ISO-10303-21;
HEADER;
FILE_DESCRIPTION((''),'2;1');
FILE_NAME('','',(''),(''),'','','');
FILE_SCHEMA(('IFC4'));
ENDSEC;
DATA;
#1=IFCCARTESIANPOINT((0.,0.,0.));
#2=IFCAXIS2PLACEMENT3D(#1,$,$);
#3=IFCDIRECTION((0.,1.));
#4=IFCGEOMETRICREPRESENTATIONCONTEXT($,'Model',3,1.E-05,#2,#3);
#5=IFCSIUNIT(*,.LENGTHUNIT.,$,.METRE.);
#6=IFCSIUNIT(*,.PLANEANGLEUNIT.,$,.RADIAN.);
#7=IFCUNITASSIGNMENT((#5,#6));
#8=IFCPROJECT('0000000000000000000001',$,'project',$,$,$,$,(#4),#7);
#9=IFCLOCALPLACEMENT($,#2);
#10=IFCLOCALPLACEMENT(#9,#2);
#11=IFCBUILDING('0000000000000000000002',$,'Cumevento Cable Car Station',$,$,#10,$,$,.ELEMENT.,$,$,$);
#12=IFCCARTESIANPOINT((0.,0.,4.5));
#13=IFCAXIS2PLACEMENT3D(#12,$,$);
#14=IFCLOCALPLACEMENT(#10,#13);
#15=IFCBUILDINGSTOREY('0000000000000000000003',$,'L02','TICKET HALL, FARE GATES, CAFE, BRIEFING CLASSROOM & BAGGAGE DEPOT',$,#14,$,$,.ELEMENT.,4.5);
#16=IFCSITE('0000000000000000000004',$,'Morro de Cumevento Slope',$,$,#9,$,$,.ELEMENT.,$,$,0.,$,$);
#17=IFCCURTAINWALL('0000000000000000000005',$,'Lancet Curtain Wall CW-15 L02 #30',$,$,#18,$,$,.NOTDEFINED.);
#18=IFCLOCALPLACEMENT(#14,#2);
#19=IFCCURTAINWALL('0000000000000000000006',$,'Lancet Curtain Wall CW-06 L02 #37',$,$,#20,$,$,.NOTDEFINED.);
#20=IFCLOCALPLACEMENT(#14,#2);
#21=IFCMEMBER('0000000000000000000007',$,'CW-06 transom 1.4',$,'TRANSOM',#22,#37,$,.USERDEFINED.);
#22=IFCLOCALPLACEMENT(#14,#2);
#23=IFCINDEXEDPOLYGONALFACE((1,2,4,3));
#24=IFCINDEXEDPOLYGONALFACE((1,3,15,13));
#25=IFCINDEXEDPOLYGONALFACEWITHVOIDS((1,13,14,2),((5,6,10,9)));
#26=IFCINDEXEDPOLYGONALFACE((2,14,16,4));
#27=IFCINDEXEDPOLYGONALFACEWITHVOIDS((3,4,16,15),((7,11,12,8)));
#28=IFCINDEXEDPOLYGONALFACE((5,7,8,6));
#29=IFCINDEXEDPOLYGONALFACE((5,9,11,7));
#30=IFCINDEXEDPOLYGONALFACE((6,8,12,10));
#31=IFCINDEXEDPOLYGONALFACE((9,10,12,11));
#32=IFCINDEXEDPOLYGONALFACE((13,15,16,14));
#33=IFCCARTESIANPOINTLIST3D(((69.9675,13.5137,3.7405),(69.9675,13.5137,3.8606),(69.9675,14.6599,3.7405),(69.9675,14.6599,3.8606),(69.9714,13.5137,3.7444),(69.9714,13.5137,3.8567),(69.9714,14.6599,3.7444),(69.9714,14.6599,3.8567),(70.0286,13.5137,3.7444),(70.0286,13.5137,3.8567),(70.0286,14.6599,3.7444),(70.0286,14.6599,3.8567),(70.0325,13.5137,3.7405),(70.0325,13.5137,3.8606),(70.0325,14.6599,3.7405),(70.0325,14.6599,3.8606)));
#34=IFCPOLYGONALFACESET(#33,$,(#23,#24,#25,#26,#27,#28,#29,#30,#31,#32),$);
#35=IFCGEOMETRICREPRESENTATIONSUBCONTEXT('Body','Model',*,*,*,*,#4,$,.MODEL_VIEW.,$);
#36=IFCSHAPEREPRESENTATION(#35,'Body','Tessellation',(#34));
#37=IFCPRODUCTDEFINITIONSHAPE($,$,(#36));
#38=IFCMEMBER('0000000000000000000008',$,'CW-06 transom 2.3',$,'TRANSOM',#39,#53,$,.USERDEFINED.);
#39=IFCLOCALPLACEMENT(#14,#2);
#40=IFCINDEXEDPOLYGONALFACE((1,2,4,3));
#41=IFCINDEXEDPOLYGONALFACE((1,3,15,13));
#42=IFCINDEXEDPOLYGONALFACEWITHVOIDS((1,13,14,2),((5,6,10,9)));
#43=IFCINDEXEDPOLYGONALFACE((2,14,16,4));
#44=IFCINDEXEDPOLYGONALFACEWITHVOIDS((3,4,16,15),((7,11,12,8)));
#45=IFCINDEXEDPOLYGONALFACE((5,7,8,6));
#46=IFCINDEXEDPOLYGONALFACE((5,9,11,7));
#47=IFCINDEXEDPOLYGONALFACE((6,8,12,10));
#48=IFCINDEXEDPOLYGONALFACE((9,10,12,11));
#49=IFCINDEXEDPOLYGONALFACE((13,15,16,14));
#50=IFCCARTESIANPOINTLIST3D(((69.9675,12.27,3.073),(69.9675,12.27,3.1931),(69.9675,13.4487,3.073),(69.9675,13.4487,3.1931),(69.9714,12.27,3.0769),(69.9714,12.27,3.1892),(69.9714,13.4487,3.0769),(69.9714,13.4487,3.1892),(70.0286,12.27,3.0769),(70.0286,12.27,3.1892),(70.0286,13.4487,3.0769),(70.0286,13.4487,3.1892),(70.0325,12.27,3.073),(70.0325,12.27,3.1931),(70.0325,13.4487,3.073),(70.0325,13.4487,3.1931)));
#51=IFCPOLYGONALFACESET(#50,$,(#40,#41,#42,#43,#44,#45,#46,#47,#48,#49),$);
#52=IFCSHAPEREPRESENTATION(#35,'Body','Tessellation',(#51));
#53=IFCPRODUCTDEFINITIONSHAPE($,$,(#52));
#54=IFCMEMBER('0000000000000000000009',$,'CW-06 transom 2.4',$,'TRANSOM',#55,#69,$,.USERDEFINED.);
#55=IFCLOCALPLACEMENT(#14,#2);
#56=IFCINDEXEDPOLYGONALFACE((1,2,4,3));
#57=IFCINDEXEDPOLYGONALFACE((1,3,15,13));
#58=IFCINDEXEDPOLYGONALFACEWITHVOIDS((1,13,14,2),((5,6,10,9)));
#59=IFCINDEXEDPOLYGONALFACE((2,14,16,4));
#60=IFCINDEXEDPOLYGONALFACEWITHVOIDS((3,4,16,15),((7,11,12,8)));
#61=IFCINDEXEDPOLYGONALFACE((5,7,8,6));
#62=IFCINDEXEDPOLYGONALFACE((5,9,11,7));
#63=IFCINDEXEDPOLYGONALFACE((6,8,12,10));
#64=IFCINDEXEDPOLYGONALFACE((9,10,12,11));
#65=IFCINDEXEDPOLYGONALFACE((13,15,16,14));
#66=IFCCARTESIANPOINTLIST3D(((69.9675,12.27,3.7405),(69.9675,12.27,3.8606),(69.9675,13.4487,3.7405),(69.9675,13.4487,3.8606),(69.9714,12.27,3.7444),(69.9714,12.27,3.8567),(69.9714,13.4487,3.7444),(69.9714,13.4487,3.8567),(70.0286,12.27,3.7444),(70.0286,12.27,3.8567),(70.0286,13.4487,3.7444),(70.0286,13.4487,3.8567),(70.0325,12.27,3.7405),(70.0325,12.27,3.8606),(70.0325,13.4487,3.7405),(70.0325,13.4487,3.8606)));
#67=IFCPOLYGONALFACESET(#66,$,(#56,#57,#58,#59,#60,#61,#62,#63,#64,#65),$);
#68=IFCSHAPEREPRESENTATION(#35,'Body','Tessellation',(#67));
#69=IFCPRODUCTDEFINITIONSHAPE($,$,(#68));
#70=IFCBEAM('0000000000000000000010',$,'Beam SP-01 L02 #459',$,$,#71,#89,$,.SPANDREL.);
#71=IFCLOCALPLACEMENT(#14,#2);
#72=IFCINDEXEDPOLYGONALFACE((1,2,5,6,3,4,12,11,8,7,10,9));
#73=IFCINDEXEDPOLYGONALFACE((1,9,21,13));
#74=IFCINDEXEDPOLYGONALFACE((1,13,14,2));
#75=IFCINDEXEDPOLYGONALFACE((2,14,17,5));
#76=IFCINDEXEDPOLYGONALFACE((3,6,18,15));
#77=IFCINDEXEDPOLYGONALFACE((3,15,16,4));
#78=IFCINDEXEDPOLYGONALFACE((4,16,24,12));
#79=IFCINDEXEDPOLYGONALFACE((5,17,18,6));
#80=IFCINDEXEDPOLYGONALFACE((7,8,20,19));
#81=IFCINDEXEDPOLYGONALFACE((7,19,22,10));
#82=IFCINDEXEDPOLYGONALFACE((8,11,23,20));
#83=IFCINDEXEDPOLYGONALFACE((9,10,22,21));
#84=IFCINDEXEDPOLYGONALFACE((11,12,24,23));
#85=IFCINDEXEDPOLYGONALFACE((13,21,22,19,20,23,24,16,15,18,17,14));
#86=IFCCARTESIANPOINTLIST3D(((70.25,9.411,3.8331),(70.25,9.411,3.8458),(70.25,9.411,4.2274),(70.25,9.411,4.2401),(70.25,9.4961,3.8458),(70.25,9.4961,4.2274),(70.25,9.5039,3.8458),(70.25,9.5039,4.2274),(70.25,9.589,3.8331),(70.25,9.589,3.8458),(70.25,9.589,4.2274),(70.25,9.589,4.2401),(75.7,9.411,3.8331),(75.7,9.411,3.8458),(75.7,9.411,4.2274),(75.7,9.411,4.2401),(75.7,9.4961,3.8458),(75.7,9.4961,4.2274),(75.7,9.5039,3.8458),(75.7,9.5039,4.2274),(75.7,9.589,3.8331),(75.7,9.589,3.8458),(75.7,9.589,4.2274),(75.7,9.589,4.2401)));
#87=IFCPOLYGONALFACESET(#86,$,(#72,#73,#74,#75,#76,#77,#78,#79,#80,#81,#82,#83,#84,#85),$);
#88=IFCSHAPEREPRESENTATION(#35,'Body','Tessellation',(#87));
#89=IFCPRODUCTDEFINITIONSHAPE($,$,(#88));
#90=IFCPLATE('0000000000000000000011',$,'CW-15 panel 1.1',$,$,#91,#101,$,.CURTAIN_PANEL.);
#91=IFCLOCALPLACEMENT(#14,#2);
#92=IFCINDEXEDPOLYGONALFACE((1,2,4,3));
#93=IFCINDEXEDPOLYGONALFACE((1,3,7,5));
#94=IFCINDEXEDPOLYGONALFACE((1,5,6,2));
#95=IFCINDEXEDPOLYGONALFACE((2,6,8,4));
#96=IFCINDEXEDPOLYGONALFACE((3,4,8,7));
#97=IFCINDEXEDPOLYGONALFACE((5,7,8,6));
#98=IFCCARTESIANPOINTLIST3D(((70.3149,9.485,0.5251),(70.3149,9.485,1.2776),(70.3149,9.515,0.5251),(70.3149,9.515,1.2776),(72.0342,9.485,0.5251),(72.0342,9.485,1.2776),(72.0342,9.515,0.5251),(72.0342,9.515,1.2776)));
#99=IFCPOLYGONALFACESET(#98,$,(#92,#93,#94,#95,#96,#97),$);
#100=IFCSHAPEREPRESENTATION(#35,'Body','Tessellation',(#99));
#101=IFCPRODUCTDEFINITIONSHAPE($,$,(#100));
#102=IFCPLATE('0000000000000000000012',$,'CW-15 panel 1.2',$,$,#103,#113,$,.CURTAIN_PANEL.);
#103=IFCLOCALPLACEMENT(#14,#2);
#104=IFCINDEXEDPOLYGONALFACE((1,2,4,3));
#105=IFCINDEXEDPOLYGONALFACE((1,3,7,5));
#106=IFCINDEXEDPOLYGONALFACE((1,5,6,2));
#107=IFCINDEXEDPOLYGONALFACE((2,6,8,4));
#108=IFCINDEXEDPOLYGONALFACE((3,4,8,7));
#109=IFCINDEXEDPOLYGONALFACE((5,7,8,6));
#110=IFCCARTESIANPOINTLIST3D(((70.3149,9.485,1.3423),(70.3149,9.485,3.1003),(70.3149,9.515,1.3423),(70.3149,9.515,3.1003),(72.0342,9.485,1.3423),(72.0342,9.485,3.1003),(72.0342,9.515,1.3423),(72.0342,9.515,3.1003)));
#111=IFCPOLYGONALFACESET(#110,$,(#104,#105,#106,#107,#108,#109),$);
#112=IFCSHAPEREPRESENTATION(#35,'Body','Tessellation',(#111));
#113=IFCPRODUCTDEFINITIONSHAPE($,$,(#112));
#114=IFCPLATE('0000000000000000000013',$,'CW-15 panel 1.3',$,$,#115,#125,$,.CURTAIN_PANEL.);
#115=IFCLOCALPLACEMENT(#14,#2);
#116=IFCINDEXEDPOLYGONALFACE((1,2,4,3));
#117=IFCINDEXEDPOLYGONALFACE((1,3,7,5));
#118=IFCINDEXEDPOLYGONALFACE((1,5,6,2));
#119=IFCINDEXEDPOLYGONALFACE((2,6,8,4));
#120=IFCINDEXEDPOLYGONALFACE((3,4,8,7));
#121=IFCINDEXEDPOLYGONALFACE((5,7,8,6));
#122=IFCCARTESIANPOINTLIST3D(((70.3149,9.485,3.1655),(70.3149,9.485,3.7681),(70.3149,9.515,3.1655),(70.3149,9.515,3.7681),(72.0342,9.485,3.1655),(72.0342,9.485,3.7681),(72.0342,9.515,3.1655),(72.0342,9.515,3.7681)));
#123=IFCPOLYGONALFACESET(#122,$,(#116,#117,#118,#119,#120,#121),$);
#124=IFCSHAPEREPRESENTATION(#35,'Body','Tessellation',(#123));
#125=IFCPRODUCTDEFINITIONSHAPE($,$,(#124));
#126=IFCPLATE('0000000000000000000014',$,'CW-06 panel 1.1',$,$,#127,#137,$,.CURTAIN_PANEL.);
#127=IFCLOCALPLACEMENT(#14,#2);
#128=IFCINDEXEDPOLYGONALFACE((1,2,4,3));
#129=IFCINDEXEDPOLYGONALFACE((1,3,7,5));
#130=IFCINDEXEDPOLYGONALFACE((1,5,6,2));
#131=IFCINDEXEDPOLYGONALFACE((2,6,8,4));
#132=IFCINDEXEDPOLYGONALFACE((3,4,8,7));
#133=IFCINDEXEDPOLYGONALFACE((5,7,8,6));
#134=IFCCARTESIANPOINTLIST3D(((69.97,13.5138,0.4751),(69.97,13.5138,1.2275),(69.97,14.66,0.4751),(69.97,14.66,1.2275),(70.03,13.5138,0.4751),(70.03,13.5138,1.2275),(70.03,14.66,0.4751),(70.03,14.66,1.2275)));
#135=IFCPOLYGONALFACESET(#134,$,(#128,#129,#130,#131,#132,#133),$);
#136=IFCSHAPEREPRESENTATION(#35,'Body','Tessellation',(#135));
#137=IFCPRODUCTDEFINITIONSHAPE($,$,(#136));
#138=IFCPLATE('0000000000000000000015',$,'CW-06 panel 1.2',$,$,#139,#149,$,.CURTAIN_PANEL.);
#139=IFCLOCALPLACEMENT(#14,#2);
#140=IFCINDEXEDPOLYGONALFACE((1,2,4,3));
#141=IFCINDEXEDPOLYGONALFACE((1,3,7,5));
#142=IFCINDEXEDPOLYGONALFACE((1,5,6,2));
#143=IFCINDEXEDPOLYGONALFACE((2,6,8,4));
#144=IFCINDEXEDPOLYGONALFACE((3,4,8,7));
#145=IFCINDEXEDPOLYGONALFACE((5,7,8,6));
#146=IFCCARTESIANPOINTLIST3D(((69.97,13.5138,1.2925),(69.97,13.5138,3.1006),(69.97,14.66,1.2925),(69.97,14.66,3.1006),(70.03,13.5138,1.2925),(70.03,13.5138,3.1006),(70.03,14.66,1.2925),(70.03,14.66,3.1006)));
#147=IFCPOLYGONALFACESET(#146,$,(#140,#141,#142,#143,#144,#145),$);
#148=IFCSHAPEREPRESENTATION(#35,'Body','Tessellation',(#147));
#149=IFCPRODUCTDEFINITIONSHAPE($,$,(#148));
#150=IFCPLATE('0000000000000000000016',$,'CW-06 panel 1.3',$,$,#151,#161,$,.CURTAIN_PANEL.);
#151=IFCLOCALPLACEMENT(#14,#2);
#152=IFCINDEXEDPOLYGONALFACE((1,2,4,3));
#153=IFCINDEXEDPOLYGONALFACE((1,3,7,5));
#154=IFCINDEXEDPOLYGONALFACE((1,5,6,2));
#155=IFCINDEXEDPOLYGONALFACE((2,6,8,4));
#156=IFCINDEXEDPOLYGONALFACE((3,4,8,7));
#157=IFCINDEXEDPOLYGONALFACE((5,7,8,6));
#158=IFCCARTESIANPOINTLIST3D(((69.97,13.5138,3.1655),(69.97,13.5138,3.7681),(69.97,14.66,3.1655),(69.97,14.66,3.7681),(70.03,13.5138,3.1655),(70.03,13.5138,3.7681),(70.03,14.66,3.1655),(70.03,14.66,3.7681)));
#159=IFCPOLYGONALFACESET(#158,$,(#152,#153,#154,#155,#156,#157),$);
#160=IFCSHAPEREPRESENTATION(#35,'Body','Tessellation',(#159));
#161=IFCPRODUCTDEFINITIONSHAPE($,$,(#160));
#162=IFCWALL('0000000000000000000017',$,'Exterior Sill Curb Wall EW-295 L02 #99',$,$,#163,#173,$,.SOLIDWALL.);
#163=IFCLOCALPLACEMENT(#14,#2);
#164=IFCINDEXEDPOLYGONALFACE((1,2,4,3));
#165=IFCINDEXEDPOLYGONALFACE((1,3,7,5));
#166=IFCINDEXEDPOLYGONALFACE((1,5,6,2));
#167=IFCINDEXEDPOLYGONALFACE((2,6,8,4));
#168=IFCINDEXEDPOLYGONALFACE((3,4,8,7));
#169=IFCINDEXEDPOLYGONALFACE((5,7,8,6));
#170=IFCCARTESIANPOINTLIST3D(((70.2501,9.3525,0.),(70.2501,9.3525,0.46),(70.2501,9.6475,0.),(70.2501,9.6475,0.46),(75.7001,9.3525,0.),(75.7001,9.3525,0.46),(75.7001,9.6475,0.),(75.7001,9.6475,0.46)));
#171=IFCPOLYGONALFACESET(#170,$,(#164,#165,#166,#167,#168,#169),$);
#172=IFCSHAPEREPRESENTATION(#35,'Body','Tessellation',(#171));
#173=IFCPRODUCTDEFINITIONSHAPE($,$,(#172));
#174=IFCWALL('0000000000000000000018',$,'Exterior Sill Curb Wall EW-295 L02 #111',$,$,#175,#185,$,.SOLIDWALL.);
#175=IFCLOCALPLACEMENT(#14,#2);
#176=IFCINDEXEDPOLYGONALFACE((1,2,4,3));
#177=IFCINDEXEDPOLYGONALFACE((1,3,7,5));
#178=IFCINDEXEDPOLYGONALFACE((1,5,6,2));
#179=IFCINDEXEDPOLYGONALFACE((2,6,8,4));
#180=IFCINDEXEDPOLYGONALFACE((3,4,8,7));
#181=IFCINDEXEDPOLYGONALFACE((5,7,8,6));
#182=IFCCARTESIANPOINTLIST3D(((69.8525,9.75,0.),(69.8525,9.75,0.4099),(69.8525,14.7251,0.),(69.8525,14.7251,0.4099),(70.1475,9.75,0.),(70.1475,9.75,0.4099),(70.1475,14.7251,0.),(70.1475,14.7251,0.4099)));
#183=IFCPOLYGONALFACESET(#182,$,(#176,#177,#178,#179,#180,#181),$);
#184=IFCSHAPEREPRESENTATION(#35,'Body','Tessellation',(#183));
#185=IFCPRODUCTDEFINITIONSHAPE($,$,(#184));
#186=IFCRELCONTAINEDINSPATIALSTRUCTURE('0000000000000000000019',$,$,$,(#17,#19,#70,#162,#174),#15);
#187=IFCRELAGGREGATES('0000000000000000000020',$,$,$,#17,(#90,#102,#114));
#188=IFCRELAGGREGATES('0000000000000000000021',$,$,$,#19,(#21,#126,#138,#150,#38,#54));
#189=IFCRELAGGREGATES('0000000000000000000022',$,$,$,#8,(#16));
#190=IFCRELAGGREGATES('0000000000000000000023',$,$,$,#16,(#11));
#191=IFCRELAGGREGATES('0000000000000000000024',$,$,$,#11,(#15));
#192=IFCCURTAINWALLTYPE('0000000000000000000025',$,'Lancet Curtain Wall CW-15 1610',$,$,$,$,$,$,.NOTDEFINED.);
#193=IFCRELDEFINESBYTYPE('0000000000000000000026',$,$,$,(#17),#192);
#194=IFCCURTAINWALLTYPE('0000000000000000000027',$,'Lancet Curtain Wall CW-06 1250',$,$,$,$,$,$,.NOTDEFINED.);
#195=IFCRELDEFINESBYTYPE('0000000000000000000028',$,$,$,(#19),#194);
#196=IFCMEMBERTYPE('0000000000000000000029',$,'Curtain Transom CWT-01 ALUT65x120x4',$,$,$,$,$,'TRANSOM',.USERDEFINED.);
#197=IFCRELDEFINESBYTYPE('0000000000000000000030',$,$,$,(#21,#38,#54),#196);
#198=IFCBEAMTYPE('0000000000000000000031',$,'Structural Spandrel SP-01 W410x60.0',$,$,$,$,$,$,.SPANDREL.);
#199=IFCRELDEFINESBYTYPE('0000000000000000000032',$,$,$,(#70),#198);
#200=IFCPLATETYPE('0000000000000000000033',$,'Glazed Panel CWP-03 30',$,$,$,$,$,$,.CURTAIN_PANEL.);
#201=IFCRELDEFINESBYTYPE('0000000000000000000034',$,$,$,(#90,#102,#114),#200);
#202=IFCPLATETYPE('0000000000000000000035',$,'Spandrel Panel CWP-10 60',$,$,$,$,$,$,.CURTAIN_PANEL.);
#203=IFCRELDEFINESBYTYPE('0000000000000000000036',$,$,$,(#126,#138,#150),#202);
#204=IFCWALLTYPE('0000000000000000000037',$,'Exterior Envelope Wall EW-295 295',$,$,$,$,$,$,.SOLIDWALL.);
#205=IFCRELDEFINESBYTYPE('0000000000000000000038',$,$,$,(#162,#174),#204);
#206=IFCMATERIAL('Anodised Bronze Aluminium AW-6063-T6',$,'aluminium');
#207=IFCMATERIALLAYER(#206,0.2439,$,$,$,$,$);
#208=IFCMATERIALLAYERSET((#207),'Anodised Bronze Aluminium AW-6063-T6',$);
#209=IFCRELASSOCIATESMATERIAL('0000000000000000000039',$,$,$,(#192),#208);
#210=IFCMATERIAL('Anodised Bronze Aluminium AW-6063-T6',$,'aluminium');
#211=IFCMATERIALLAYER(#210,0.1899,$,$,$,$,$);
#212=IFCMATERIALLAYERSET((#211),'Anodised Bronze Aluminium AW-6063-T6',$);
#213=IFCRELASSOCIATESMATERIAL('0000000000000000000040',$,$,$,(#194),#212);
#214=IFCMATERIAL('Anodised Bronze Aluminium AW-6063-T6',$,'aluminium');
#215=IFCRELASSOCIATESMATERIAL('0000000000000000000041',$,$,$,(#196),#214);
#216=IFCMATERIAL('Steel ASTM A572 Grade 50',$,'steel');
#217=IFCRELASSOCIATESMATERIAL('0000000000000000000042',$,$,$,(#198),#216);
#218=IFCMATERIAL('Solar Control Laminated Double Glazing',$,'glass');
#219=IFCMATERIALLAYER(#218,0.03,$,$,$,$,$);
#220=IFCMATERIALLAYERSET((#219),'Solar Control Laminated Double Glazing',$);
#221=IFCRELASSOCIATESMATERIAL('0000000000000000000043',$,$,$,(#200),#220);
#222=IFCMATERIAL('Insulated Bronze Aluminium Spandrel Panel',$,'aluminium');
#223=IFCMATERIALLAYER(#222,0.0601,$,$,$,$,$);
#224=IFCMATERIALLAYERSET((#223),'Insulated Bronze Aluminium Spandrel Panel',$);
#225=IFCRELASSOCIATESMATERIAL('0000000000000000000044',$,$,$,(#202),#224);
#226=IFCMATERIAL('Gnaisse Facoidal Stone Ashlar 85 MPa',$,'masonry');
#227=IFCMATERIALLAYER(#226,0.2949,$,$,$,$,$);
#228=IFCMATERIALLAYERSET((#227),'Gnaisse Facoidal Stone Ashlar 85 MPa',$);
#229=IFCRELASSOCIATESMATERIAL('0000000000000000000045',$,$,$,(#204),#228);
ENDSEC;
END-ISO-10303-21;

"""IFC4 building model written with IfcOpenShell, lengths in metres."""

from ifc_helpers import new_model, si_unit, direction, frame, frame_2d, origin, origin_2d, place, context, subcontext, project, spatial, rectangle, hollow_rectangle, i_section, extrude, material, layer, layer_set, material_profile, profile_set, type_object, element, aggregate, save


model = new_model("IFC4")

# Units and contexts
model_context = context("Model", 3, precision=1e-05, world=origin(), true_north=direction((0.0, 1.0)))
body_context = subcontext(model_context, "Body", "Model", "MODEL_VIEW")
ifc_project = project(units=[si_unit("LENGTHUNIT", "METRE"), si_unit("PLANEANGLEUNIT", "RADIAN")], contexts=[model_context])

# Site, building, storey
site_placement = place(None, origin())
site = spatial("IfcSite", under=ifc_project, at=site_placement, Name="Morro de Cumevento Slope", CompositionType="ELEMENT", RefElevation=0.0)
building_placement = place(site_placement, origin())
building = spatial("IfcBuilding", under=site, at=building_placement, Name="Cumevento Cable Car Station", CompositionType="ELEMENT")
storey_placement = place(building_placement, frame((0.0, 0.0, 4.5)))
storey = spatial("IfcBuildingStorey", under=building, at=storey_placement, Name="L02", Description="TICKET HALL, FARE GATES, CAFE, BRIEFING CLASSROOM & BAGGAGE DEPOT", CompositionType="ELEMENT", Elevation=4.5)

# Curtain walls
ifc_material_1 = material(Name="Anodised Bronze Aluminium AW-6063-T6", Category="aluminium")
ifc_layer_1 = layer(ifc_material_1, 0.2439)
ifc_layer_set_1 = layer_set([ifc_layer_1], Name="Anodised Bronze Aluminium AW-6063-T6")
curtain_wall_type_1 = type_object("IfcCurtainWallType", Name="Lancet Curtain Wall CW-15 1610", PredefinedType="NOTDEFINED", material=ifc_layer_set_1)
curtain_wall_1_placement = place(storey_placement, origin())
curtain_wall_1 = element("IfcCurtainWall", 1, at=curtain_wall_1_placement, inside=storey, type_object=curtain_wall_type_1, Name="Lancet Curtain Wall CW-15 L02 #30", PredefinedType="NOTDEFINED")
ifc_material_2 = material(Name="Anodised Bronze Aluminium AW-6063-T6", Category="aluminium")
ifc_layer_2 = layer(ifc_material_2, 0.1899)
ifc_layer_set_2 = layer_set([ifc_layer_2], Name="Anodised Bronze Aluminium AW-6063-T6")
curtain_wall_type_2 = type_object("IfcCurtainWallType", Name="Lancet Curtain Wall CW-06 1250", PredefinedType="NOTDEFINED", material=ifc_layer_set_2)
curtain_wall_2_placement = place(storey_placement, origin())
curtain_wall_2 = element("IfcCurtainWall", 2, at=curtain_wall_2_placement, inside=storey, type_object=curtain_wall_type_2, Name="Lancet Curtain Wall CW-06 L02 #37", PredefinedType="NOTDEFINED")

# Members
ifc_material_3 = material(Name="Anodised Bronze Aluminium AW-6063-T6", Category="aluminium")
ifc_material_profile_1 = material_profile(ifc_material_3, hollow_rectangle(XDim=0.0649, YDim=0.1201, WallThickness=0.0039, at=origin_2d()), Name="ALUT65x120x4")
ifc_profile_set_1 = profile_set([ifc_material_profile_1], Name="Anodised Bronze Aluminium AW-6063-T6")
member_type_1 = type_object("IfcMemberType", Name="Curtain Transom CWT-01 ALUT65x120x4", ElementType="TRANSOM", PredefinedType="USERDEFINED", material=ifc_profile_set_1)
member_1_placement = place(storey_placement, frame((70.0, 14.6599, 3.8005), z_axis=(0.0, -1.0, 0.0), x_axis=(1.0, 0.0, 0.0)))
member_1 = element("IfcMember", 3, at=member_1_placement, type_object=member_type_1, Name="CW-06 transom 1.4", ObjectType="TRANSOM", PredefinedType="USERDEFINED", context=body_context, shape_type="SweptSolid", body=[
    extrude(hollow_rectangle(XDim=0.0649, YDim=0.1201, WallThickness=0.0039, at=origin_2d()), origin(), (0.0, 0.0, 1.0), 1.1462),
])
member_2_placement = place(storey_placement, frame((70.0, 13.4487, 3.1331), z_axis=(0.0, -1.0, 0.0), x_axis=(1.0, 0.0, 0.0)))
member_2 = element("IfcMember", 4, at=member_2_placement, type_object=member_type_1, Name="CW-06 transom 2.3", ObjectType="TRANSOM", PredefinedType="USERDEFINED", context=body_context, shape_type="SweptSolid", body=[
    extrude(hollow_rectangle(XDim=0.0649, YDim=0.1201, WallThickness=0.0039, at=origin_2d()), origin(), (0.0, 0.0, 1.0), 1.1787),
])
member_3_placement = place(storey_placement, frame((70.0, 13.4487, 3.8005), z_axis=(0.0, -1.0, 0.0), x_axis=(1.0, 0.0, 0.0)))
member_3 = element("IfcMember", 5, at=member_3_placement, type_object=member_type_1, Name="CW-06 transom 2.4", ObjectType="TRANSOM", PredefinedType="USERDEFINED", context=body_context, shape_type="SweptSolid", body=[
    extrude(hollow_rectangle(XDim=0.0649, YDim=0.1201, WallThickness=0.0039, at=origin_2d()), origin(), (0.0, 0.0, 1.0), 1.1787),
])

# Beam
ifc_material_4 = material(Name="Steel ASTM A572 Grade 50", Category="steel")
ifc_material_profile_2 = material_profile(ifc_material_4, i_section(OverallWidth=0.178, OverallDepth=0.407, WebThickness=0.0078, FlangeThickness=0.0127, at=origin_2d()), Name="W410x60.0")
ifc_profile_set_2 = profile_set([ifc_material_profile_2], Name="Steel ASTM A572 Grade 50")
beam_type = type_object("IfcBeamType", Name="Structural Spandrel SP-01 W410x60.0", PredefinedType="SPANDREL", material=ifc_profile_set_2)
beam_placement = place(storey_placement, frame((70.25, 9.5, 4.0366), z_axis=(1.0, 0.0, 0.0), x_axis=(0.0, 1.0, 0.0)))
element("IfcBeam", 6, at=beam_placement, inside=storey, type_object=beam_type, Name="Beam SP-01 L02 #459", PredefinedType="SPANDREL", context=body_context, shape_type="SweptSolid", body=[
    extrude(i_section(OverallWidth=0.178, OverallDepth=0.407, WebThickness=0.0078, FlangeThickness=0.0127, at=origin_2d()), origin(), (0.0, 0.0, 1.0), 5.45),
])

# Plates
ifc_material_5 = material(Name="Solar Control Laminated Double Glazing", Category="glass")
ifc_layer_3 = layer(ifc_material_5, 0.03)
ifc_layer_set_3 = layer_set([ifc_layer_3], Name="Solar Control Laminated Double Glazing")
plate_type_1 = type_object("IfcPlateType", Name="Glazed Panel CWP-03 30", PredefinedType="CURTAIN_PANEL", material=ifc_layer_set_3)
plate_1_placement = place(storey_placement, frame((71.1746, 9.5, 0.5251), z_axis=(0.0, 0.0, 1.0), x_axis=(1.0, 0.0, 0.0)))
plate_1 = element("IfcPlate", 7, at=plate_1_placement, type_object=plate_type_1, Name="CW-15 panel 1.1", PredefinedType="CURTAIN_PANEL", context=body_context, shape_type="SweptSolid", body=[
    extrude(rectangle(XDim=1.7192, YDim=0.03, at=origin_2d()), origin(), (0.0, 0.0, 1.0), 0.7524),
])
plate_2_placement = place(storey_placement, frame((71.1746, 9.5, 1.3423), z_axis=(0.0, 0.0, 1.0), x_axis=(1.0, 0.0, 0.0)))
plate_2 = element("IfcPlate", 8, at=plate_2_placement, type_object=plate_type_1, Name="CW-15 panel 1.2", PredefinedType="CURTAIN_PANEL", context=body_context, shape_type="SweptSolid", body=[
    extrude(rectangle(XDim=1.7192, YDim=0.03, at=origin_2d()), origin(), (0.0, 0.0, 1.0), 1.7581),
])
plate_3_placement = place(storey_placement, frame((71.1746, 9.5, 3.1655), z_axis=(0.0, 0.0, 1.0), x_axis=(1.0, 0.0, 0.0)))
plate_3 = element("IfcPlate", 9, at=plate_3_placement, type_object=plate_type_1, Name="CW-15 panel 1.3", PredefinedType="CURTAIN_PANEL", context=body_context, shape_type="SweptSolid", body=[
    extrude(rectangle(XDim=1.7192, YDim=0.03, at=origin_2d()), origin(), (0.0, 0.0, 1.0), 0.6025),
])
aggregate(curtain_wall_1, [plate_1, plate_2, plate_3])
ifc_material_6 = material(Name="Insulated Bronze Aluminium Spandrel Panel", Category="aluminium")
ifc_layer_4 = layer(ifc_material_6, 0.0601)
ifc_layer_set_4 = layer_set([ifc_layer_4], Name="Insulated Bronze Aluminium Spandrel Panel")
plate_type_2 = type_object("IfcPlateType", Name="Spandrel Panel CWP-10 60", PredefinedType="CURTAIN_PANEL", material=ifc_layer_set_4)
plate_4_placement = place(storey_placement, frame((70.0, 14.0869, 0.4751), z_axis=(0.0, 0.0, 1.0), x_axis=(0.0, -1.0, 0.0)))
plate_4 = element("IfcPlate", 10, at=plate_4_placement, type_object=plate_type_2, Name="CW-06 panel 1.1", PredefinedType="CURTAIN_PANEL", context=body_context, shape_type="SweptSolid", body=[
    extrude(rectangle(XDim=1.1462, YDim=0.0601, at=origin_2d()), origin(), (0.0, 0.0, 1.0), 0.7524),
])
plate_5_placement = place(storey_placement, frame((70.0, 14.0869, 1.2925), z_axis=(0.0, 0.0, 1.0), x_axis=(0.0, -1.0, 0.0)))
plate_5 = element("IfcPlate", 11, at=plate_5_placement, type_object=plate_type_2, Name="CW-06 panel 1.2", PredefinedType="CURTAIN_PANEL", context=body_context, shape_type="SweptSolid", body=[
    extrude(rectangle(XDim=1.1462, YDim=0.0601, at=origin_2d()), origin(), (0.0, 0.0, 1.0), 1.8081),
])
plate_6_placement = place(storey_placement, frame((70.0, 14.0869, 3.1655), z_axis=(0.0, 0.0, 1.0), x_axis=(0.0, -1.0, 0.0)))
plate_6 = element("IfcPlate", 12, at=plate_6_placement, type_object=plate_type_2, Name="CW-06 panel 1.3", PredefinedType="CURTAIN_PANEL", context=body_context, shape_type="SweptSolid", body=[
    extrude(rectangle(XDim=1.1462, YDim=0.0601, at=origin_2d()), origin(), (0.0, 0.0, 1.0), 0.6025),
])
aggregate(curtain_wall_2, [member_1, plate_4, plate_5, plate_6, member_2, member_3])

# Walls
ifc_material_7 = material(Name="Gnaisse Facoidal Stone Ashlar 85 MPa", Category="masonry")
ifc_layer_5 = layer(ifc_material_7, 0.2949)
ifc_layer_set_5 = layer_set([ifc_layer_5], Name="Gnaisse Facoidal Stone Ashlar 85 MPa")
wall_type = type_object("IfcWallType", Name="Exterior Envelope Wall EW-295 295", PredefinedType="SOLIDWALL", material=ifc_layer_set_5)
wall_1_placement = place(storey_placement, frame((70.25, 9.5, 0.0), z_axis=(0.0, 0.0, 1.0), x_axis=(1.0, 0.0, 0.0)))
element("IfcWall", 13, at=wall_1_placement, inside=storey, type_object=wall_type, Name="Exterior Sill Curb Wall EW-295 L02 #99", PredefinedType="SOLIDWALL", context=body_context, shape_type="SweptSolid", body=[
    extrude(rectangle(XDim=5.45, YDim=0.2949, at=frame_2d((2.7251, 0.0))), origin(), (0.0, 0.0, 1.0), 0.46),
])
wall_2_placement = place(storey_placement, frame((70.0, 14.7251, 0.0), z_axis=(0.0, 0.0, 1.0), x_axis=(0.0, -1.0, 0.0)))
element("IfcWall", 14, at=wall_2_placement, inside=storey, type_object=wall_type, Name="Exterior Sill Curb Wall EW-295 L02 #111", PredefinedType="SOLIDWALL", context=body_context, shape_type="SweptSolid", body=[
    extrude(rectangle(XDim=4.9751, YDim=0.2949, at=frame_2d((2.4875, 0.0))), origin(), (0.0, 0.0, 1.0), 0.4099),
])

save(model, "model.ifc")
